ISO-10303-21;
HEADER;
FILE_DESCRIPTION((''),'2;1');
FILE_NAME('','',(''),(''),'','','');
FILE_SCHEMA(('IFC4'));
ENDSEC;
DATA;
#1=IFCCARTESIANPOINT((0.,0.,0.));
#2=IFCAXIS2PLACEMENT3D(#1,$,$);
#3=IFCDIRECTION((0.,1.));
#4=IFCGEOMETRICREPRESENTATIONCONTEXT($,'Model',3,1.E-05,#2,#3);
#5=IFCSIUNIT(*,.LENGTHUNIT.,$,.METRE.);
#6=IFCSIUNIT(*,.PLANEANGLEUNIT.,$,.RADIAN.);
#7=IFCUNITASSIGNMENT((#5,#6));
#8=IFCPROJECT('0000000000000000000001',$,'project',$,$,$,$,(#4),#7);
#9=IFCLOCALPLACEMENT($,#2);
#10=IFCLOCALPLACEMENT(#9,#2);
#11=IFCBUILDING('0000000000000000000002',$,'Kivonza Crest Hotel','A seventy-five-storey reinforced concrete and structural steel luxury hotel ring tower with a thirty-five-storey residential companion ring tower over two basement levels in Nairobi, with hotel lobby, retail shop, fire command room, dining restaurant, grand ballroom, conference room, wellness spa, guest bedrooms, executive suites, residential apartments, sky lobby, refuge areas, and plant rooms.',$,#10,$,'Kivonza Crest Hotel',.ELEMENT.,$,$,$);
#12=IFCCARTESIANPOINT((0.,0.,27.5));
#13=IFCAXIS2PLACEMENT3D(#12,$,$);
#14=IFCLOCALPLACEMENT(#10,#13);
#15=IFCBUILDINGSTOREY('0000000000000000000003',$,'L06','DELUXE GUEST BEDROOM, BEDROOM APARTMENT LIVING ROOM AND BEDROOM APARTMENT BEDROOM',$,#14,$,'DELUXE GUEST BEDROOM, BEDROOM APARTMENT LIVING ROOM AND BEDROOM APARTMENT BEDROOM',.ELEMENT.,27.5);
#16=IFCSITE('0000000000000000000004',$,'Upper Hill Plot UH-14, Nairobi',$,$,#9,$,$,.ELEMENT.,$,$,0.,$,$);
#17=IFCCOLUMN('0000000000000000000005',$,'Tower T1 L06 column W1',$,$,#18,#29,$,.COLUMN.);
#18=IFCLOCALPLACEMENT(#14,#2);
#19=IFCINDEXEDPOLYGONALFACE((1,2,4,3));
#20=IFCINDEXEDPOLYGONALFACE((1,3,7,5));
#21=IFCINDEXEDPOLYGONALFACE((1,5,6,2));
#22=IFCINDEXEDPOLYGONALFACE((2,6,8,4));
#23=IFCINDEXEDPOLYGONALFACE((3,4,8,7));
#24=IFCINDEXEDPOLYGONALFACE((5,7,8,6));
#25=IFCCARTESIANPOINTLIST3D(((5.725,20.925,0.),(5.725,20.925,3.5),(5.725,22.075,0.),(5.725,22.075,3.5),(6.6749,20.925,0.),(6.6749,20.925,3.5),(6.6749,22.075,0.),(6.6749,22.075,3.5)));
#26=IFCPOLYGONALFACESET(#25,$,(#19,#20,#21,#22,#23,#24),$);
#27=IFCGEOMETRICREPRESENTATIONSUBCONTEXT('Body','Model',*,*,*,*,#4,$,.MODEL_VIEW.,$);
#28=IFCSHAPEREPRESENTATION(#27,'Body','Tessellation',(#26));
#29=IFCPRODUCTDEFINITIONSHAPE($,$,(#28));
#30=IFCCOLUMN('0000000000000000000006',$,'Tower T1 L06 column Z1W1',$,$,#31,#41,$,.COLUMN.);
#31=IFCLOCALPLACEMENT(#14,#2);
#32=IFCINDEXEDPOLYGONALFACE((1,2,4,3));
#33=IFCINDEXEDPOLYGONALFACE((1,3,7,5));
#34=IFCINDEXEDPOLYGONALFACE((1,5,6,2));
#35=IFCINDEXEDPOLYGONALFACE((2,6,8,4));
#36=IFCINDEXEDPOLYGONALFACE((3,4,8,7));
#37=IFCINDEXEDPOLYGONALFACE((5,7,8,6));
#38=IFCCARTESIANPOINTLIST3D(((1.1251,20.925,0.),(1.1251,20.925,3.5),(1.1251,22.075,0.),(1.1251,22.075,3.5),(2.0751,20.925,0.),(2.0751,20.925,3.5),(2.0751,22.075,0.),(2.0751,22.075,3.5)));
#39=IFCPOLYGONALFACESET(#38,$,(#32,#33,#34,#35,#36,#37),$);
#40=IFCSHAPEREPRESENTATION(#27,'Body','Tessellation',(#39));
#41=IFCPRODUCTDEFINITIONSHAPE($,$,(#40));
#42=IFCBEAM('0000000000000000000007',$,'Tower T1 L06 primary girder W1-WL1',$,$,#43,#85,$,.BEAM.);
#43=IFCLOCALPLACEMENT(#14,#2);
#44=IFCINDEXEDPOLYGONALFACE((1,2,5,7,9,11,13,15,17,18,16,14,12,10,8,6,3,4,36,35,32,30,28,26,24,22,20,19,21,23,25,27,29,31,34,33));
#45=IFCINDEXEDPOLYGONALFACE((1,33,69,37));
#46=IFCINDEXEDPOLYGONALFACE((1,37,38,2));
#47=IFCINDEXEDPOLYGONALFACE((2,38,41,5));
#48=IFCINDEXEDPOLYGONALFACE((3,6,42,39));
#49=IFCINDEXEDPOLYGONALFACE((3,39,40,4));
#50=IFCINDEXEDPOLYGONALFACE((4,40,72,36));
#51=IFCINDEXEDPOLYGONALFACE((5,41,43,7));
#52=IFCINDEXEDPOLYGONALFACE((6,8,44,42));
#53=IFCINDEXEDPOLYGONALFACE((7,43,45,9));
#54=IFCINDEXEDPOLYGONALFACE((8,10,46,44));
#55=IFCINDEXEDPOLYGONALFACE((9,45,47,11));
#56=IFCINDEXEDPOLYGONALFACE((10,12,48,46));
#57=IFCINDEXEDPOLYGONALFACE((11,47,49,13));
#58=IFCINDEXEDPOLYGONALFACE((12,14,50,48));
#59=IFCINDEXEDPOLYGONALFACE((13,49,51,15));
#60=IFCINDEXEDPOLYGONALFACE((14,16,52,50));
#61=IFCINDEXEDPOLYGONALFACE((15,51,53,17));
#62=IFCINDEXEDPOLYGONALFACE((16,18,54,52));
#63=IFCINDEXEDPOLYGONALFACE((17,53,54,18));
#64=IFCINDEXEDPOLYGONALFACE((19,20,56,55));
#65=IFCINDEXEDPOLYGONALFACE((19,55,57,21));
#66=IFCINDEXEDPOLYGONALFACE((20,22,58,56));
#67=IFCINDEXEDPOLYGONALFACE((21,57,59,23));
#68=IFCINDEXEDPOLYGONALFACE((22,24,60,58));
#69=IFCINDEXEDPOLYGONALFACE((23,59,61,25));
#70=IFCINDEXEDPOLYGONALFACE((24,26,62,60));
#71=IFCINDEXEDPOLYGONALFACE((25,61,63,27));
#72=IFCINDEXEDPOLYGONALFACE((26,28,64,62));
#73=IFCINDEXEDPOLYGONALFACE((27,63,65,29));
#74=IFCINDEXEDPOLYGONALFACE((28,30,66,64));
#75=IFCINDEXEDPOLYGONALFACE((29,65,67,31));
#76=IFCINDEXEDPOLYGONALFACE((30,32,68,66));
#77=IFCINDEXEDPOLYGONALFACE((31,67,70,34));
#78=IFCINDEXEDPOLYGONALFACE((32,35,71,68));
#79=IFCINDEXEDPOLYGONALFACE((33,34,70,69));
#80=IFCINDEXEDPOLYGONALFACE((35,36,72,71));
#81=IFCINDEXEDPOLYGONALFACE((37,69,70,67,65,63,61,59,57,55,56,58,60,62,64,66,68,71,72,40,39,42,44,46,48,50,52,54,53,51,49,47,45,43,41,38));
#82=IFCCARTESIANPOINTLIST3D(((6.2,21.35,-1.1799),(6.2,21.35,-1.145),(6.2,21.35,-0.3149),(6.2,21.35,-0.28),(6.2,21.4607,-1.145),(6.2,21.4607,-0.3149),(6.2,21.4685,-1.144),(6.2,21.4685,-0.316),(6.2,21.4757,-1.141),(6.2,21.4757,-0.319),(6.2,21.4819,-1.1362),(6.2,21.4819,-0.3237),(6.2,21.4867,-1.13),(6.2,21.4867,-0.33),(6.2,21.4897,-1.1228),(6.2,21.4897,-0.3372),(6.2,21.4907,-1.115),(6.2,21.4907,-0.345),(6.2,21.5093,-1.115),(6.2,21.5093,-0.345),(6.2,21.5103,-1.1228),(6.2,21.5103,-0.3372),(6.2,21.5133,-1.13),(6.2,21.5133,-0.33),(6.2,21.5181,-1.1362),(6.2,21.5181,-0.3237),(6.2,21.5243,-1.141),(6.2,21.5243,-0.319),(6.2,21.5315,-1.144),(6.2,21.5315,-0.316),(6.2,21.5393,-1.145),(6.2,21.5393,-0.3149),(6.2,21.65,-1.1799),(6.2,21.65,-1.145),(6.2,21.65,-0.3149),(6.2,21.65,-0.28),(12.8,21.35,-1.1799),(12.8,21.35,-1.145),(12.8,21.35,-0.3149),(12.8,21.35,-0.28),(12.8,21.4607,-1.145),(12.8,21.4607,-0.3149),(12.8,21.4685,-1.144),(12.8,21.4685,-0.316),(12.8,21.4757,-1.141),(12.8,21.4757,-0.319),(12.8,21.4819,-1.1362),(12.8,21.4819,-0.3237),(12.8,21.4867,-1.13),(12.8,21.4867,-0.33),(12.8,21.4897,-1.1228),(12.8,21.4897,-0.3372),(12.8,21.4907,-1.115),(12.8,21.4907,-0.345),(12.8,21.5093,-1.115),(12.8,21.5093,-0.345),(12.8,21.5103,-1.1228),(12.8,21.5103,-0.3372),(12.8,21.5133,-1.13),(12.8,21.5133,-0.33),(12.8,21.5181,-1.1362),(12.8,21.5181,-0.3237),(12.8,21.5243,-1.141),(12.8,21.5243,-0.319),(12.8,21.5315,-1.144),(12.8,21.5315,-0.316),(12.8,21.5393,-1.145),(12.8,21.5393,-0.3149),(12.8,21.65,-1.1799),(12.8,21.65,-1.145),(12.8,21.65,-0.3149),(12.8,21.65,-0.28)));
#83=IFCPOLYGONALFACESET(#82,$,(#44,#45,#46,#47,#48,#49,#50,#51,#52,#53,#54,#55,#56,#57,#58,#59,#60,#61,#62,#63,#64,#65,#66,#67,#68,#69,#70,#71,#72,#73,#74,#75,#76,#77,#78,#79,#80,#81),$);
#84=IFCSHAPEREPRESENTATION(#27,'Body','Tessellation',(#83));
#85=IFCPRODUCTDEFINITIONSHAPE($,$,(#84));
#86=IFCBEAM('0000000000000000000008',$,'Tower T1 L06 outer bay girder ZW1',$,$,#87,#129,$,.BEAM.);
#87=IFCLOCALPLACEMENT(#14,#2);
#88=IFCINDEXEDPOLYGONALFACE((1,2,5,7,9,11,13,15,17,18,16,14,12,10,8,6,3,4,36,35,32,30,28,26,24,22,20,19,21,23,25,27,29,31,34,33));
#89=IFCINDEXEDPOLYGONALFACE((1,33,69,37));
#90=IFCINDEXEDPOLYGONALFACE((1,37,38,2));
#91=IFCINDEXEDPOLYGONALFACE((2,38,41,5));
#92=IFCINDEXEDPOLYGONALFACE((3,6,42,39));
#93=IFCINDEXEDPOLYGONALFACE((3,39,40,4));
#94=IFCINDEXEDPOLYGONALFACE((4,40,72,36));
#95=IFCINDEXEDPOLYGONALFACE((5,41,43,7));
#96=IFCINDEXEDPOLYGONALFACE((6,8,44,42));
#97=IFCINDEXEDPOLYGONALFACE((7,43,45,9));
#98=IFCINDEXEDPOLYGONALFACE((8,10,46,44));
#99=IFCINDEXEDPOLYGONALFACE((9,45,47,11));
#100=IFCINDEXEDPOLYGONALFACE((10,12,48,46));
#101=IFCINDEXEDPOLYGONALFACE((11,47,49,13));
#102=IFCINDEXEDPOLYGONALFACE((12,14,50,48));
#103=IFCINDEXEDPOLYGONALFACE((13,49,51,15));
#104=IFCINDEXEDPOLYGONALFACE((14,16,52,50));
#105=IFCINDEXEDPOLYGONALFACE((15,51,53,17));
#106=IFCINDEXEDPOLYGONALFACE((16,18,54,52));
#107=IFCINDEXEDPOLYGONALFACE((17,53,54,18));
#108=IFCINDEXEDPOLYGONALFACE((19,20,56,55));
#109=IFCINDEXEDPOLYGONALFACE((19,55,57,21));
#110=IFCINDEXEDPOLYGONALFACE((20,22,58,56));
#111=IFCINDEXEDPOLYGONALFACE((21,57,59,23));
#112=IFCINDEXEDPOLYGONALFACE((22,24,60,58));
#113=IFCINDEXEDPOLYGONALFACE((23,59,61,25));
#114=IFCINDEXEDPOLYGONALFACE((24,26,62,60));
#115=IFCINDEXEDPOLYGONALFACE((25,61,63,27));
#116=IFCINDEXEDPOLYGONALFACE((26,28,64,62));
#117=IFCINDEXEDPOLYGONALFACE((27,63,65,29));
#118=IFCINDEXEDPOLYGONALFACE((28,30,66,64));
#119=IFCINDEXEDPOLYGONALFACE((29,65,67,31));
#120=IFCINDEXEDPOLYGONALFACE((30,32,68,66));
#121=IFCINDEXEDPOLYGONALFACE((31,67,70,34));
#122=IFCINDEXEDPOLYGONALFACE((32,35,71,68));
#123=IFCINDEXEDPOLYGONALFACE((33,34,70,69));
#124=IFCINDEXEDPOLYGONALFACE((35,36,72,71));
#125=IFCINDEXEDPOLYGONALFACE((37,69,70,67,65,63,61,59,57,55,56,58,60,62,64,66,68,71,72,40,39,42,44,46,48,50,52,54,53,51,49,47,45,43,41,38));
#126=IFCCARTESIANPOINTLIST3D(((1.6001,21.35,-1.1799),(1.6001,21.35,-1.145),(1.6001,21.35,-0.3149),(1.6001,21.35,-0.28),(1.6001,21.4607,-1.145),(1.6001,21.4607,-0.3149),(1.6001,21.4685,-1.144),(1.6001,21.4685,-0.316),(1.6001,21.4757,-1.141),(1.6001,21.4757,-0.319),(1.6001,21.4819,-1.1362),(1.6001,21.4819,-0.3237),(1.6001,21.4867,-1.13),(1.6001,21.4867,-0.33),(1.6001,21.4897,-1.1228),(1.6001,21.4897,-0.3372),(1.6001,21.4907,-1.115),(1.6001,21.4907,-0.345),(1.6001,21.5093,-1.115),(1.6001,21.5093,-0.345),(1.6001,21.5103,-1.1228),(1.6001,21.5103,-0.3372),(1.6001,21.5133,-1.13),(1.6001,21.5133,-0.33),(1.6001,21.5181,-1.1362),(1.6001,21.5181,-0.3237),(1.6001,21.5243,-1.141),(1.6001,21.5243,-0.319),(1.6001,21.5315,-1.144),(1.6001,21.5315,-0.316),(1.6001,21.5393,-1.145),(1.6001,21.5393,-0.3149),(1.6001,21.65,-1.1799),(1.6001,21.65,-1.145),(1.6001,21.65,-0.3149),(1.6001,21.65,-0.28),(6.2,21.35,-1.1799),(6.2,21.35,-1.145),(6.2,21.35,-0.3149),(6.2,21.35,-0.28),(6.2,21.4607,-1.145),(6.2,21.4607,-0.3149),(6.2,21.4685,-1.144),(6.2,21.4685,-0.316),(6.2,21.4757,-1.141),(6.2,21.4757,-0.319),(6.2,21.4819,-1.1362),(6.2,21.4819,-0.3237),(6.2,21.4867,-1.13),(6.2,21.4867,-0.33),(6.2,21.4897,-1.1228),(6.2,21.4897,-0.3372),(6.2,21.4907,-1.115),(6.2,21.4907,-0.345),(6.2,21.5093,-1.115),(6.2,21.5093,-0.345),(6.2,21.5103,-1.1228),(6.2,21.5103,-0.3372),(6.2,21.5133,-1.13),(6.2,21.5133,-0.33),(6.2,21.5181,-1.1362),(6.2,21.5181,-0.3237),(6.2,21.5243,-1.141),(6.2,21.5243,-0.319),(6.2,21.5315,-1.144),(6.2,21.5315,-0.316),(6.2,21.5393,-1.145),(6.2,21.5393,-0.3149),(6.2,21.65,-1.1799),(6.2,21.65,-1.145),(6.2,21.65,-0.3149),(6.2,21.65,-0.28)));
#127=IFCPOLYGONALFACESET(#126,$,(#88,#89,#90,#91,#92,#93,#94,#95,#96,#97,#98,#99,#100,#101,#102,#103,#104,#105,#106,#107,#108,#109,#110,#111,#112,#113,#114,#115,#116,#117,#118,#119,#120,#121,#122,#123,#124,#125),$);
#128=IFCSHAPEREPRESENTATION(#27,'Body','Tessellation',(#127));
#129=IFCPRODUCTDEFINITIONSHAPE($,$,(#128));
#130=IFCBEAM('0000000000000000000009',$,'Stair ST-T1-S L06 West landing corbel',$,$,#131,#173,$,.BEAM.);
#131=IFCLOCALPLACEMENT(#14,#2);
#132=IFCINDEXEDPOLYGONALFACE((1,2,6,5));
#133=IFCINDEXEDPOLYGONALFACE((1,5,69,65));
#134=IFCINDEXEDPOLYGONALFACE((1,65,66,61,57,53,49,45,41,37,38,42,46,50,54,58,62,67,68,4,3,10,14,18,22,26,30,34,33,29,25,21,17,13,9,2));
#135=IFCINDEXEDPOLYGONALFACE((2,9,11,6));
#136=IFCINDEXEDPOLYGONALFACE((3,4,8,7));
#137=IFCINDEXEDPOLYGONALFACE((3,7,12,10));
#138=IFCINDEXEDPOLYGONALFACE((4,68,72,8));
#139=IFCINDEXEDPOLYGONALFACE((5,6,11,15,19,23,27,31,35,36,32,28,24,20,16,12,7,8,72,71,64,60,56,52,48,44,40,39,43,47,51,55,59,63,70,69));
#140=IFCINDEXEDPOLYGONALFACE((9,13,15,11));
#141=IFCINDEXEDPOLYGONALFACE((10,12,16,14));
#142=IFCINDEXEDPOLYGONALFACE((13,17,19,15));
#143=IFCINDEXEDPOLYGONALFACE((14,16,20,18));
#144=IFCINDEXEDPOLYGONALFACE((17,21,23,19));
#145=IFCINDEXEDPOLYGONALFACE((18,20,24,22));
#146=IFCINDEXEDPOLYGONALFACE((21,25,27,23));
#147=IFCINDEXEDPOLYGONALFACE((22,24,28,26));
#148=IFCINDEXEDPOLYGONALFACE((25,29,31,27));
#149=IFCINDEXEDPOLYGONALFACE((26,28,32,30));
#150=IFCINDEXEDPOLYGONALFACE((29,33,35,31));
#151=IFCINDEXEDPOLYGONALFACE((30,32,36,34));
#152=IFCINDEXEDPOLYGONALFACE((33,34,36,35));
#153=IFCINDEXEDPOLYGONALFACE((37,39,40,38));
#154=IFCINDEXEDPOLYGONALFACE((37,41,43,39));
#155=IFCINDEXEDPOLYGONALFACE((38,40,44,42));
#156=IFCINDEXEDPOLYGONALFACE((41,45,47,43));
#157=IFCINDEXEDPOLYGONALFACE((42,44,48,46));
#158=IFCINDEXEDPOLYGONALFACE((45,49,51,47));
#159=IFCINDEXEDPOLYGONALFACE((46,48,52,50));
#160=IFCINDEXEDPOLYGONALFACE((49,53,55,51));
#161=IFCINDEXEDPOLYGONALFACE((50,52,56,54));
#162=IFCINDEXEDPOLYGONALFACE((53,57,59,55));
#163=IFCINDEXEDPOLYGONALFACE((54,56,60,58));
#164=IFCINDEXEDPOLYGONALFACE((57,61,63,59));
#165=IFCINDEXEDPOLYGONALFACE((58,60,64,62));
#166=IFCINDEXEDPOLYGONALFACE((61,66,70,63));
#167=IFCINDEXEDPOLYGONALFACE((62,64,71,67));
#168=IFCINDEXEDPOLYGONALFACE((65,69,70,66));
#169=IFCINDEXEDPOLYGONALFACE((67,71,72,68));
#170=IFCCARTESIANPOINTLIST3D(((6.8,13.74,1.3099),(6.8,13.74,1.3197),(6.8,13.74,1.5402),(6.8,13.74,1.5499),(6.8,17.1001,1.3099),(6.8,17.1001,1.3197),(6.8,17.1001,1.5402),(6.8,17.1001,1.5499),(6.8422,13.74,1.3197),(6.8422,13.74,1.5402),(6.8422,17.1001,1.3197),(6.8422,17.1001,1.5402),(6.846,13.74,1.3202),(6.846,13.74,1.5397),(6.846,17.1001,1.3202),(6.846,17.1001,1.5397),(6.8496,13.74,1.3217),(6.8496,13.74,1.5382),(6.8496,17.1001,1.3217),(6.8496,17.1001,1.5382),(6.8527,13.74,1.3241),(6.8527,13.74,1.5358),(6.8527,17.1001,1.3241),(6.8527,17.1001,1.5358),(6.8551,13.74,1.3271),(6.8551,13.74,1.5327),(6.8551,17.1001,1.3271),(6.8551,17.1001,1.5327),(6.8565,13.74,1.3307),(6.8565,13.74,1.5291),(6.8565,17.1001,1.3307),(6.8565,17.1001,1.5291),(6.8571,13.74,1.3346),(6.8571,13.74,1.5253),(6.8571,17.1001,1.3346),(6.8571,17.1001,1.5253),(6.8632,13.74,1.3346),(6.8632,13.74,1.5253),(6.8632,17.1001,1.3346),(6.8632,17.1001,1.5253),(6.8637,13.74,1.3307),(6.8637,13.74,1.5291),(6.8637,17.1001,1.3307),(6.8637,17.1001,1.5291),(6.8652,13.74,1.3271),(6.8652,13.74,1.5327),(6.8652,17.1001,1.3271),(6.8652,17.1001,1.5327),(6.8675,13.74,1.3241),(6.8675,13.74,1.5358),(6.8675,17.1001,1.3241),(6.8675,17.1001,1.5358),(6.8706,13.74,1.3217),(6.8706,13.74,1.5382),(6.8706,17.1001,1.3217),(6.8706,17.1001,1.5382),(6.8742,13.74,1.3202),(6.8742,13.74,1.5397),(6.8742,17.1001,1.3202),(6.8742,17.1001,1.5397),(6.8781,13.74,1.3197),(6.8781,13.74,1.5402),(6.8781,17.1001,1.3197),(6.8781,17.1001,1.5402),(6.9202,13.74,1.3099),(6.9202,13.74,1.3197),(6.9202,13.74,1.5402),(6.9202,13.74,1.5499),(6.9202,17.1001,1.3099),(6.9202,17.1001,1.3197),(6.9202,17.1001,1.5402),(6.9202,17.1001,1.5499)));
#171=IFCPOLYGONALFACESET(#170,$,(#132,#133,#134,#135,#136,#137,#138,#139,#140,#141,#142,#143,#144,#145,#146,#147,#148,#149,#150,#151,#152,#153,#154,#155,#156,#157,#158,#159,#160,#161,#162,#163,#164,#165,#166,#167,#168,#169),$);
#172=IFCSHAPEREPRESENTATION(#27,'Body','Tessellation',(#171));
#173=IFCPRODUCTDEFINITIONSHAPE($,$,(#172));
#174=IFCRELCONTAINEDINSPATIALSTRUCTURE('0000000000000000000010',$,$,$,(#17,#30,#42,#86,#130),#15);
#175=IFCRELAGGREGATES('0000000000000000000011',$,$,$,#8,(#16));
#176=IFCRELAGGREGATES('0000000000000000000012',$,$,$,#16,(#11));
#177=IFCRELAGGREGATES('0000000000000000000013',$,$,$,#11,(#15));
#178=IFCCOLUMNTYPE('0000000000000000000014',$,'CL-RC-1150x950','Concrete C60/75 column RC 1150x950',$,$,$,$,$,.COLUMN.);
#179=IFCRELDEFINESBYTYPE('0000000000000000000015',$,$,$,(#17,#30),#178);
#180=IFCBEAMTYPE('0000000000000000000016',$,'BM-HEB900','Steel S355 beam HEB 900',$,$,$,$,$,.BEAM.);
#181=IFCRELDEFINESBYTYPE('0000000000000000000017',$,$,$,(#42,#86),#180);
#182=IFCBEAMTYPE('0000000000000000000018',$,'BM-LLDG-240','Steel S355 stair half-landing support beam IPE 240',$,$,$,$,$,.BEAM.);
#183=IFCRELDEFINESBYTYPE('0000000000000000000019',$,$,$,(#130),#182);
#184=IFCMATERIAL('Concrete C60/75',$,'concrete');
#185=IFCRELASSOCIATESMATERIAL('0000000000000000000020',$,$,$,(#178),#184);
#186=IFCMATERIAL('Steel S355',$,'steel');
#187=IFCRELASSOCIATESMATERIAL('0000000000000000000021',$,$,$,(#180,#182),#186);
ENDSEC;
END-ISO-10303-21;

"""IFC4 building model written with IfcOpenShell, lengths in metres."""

from ifc_helpers import new_model, si_unit, direction, frame, origin, origin_2d, place, context, subcontext, project, spatial, rectangle, i_section, extrude, material, material_profile, profile_set, type_object, element, save


model = new_model("IFC4")

# Units and contexts
model_context = context("Model", 3, precision=1e-05, world=origin(), true_north=direction((0.0, 1.0)))
body_context = subcontext(model_context, "Body", "Model", "MODEL_VIEW")
ifc_project = project(units=[si_unit("LENGTHUNIT", "METRE"), si_unit("PLANEANGLEUNIT", "RADIAN")], contexts=[model_context])

# Site, building, storey
site_placement = place(None, origin())
site = spatial("IfcSite", under=ifc_project, at=site_placement, Name="Upper Hill Plot UH-14, Nairobi", CompositionType="ELEMENT", RefElevation=0.0)
building_placement = place(site_placement, origin())
building = spatial("IfcBuilding", under=site, at=building_placement, Name="Kivonza Crest Hotel", Description="A seventy-five-storey reinforced concrete and structural steel luxury hotel ring tower with a thirty-five-storey residential companion ring tower over two basement levels in Nairobi, with hotel lobby, retail shop, fire command room, dining restaurant, grand ballroom, conference room, wellness spa, guest bedrooms, executive suites, residential apartments, sky lobby, refuge areas, and plant rooms.", LongName="Kivonza Crest Hotel", CompositionType="ELEMENT")
storey_placement = place(building_placement, frame((0.0, 0.0, 27.5)))
storey = spatial("IfcBuildingStorey", under=building, at=storey_placement, Name="L06", Description="DELUXE GUEST BEDROOM, BEDROOM APARTMENT LIVING ROOM AND BEDROOM APARTMENT BEDROOM", LongName="DELUXE GUEST BEDROOM, BEDROOM APARTMENT LIVING ROOM AND BEDROOM APARTMENT BEDROOM", CompositionType="ELEMENT", Elevation=27.5)

# Columns
ifc_material_1 = material(Name="Concrete C60/75", Category="concrete")
ifc_material_profile_1 = material_profile(ifc_material_1, rectangle(XDim=0.95, YDim=1.1499, at=origin_2d()), Name="RC 1150x950")
ifc_profile_set_1 = profile_set([ifc_material_profile_1], Name="Concrete C60/75")
column_type = type_object("IfcColumnType", Name="CL-RC-1150x950", Description="Concrete C60/75 column RC 1150x950", PredefinedType="COLUMN", material=ifc_profile_set_1)
for number, where, z_axis, x_axis, name in (
    (1, (6.2, 21.5, 0.0), (0.0, 0.0, 1.0), (1.0, 0.0, 0.0), "Tower T1 L06 column W1"),
    (2, (1.6001, 21.5, 0.0), (0.0, 0.0, 1.0), (1.0, 0.0, 0.0), "Tower T1 L06 column Z1W1"),
):
    element("IfcColumn", number, at=place(storey_placement, frame(where, z_axis=z_axis, x_axis=x_axis)), inside=storey, type_object=column_type, Name=name, PredefinedType="COLUMN", context=body_context, shape_type="SweptSolid", body=[
        extrude(rectangle(XDim=0.95, YDim=1.1499, at=origin_2d()), origin(), (0.0, 0.0, 1.0), 3.5),
    ])

# Beams
ifc_material_2 = material(Name="Steel S355", Category="steel")
ifc_material_profile_2 = material_profile(ifc_material_2, i_section(OverallWidth=0.3, OverallDepth=0.8999, WebThickness=0.0186, FlangeThickness=0.0349, FilletRadius=0.03, at=origin_2d()), Name="HEB 900")
ifc_profile_set_2 = profile_set([ifc_material_profile_2], Name="Steel S355")
beam_type_1 = type_object("IfcBeamType", Name="BM-HEB900", Description="Steel S355 beam HEB 900", PredefinedType="BEAM", material=ifc_profile_set_2)
beam_1_placement = place(storey_placement, frame((6.2, 21.5, -0.73), z_axis=(1.0, 0.0, 0.0), x_axis=(0.0, 1.0, 0.0)))
element("IfcBeam", 3, at=beam_1_placement, inside=storey, type_object=beam_type_1, Name="Tower T1 L06 primary girder W1-WL1", PredefinedType="BEAM", context=body_context, shape_type="SweptSolid", body=[
    extrude(i_section(OverallWidth=0.3, OverallDepth=0.8999, WebThickness=0.0186, FlangeThickness=0.0349, FilletRadius=0.03, at=origin_2d()), origin(), (0.0, 0.0, 1.0), 6.6001),
])
beam_2_placement = place(storey_placement, frame((1.6001, 21.5, -0.73), z_axis=(1.0, 0.0, 0.0), x_axis=(0.0, 1.0, 0.0)))
element("IfcBeam", 4, at=beam_2_placement, inside=storey, type_object=beam_type_1, Name="Tower T1 L06 outer bay girder ZW1", PredefinedType="BEAM", context=body_context, shape_type="SweptSolid", body=[
    extrude(i_section(OverallWidth=0.3, OverallDepth=0.8999, WebThickness=0.0186, FlangeThickness=0.0349, FilletRadius=0.03, at=origin_2d()), origin(), (0.0, 0.0, 1.0), 4.5999),
])
ifc_material_profile_3 = material_profile(ifc_material_2, i_section(OverallWidth=0.1201, OverallDepth=0.24, WebThickness=0.0061, FlangeThickness=0.0098, FilletRadius=0.0149, at=origin_2d()), Name="IPE 240")
ifc_profile_set_3 = profile_set([ifc_material_profile_3], Name="Steel S355")
beam_type_2 = type_object("IfcBeamType", Name="BM-LLDG-240", Description="Steel S355 stair half-landing support beam IPE 240", PredefinedType="BEAM", material=ifc_profile_set_3)
beam_3_placement = place(storey_placement, frame((6.8601, 13.74, 1.4299), z_axis=(0.0, 1.0, 0.0), x_axis=(-1.0, 0.0, 0.0)))
element("IfcBeam", 5, at=beam_3_placement, inside=storey, type_object=beam_type_2, Name="Stair ST-T1-S L06 West landing corbel", PredefinedType="BEAM", context=body_context, shape_type="SweptSolid", body=[
    extrude(i_section(OverallWidth=0.1201, OverallDepth=0.24, WebThickness=0.0061, FlangeThickness=0.0098, FilletRadius=0.0149, at=origin_2d()), origin(), (0.0, 0.0, 1.0), 3.3601),
])

save(model, "model.ifc")
